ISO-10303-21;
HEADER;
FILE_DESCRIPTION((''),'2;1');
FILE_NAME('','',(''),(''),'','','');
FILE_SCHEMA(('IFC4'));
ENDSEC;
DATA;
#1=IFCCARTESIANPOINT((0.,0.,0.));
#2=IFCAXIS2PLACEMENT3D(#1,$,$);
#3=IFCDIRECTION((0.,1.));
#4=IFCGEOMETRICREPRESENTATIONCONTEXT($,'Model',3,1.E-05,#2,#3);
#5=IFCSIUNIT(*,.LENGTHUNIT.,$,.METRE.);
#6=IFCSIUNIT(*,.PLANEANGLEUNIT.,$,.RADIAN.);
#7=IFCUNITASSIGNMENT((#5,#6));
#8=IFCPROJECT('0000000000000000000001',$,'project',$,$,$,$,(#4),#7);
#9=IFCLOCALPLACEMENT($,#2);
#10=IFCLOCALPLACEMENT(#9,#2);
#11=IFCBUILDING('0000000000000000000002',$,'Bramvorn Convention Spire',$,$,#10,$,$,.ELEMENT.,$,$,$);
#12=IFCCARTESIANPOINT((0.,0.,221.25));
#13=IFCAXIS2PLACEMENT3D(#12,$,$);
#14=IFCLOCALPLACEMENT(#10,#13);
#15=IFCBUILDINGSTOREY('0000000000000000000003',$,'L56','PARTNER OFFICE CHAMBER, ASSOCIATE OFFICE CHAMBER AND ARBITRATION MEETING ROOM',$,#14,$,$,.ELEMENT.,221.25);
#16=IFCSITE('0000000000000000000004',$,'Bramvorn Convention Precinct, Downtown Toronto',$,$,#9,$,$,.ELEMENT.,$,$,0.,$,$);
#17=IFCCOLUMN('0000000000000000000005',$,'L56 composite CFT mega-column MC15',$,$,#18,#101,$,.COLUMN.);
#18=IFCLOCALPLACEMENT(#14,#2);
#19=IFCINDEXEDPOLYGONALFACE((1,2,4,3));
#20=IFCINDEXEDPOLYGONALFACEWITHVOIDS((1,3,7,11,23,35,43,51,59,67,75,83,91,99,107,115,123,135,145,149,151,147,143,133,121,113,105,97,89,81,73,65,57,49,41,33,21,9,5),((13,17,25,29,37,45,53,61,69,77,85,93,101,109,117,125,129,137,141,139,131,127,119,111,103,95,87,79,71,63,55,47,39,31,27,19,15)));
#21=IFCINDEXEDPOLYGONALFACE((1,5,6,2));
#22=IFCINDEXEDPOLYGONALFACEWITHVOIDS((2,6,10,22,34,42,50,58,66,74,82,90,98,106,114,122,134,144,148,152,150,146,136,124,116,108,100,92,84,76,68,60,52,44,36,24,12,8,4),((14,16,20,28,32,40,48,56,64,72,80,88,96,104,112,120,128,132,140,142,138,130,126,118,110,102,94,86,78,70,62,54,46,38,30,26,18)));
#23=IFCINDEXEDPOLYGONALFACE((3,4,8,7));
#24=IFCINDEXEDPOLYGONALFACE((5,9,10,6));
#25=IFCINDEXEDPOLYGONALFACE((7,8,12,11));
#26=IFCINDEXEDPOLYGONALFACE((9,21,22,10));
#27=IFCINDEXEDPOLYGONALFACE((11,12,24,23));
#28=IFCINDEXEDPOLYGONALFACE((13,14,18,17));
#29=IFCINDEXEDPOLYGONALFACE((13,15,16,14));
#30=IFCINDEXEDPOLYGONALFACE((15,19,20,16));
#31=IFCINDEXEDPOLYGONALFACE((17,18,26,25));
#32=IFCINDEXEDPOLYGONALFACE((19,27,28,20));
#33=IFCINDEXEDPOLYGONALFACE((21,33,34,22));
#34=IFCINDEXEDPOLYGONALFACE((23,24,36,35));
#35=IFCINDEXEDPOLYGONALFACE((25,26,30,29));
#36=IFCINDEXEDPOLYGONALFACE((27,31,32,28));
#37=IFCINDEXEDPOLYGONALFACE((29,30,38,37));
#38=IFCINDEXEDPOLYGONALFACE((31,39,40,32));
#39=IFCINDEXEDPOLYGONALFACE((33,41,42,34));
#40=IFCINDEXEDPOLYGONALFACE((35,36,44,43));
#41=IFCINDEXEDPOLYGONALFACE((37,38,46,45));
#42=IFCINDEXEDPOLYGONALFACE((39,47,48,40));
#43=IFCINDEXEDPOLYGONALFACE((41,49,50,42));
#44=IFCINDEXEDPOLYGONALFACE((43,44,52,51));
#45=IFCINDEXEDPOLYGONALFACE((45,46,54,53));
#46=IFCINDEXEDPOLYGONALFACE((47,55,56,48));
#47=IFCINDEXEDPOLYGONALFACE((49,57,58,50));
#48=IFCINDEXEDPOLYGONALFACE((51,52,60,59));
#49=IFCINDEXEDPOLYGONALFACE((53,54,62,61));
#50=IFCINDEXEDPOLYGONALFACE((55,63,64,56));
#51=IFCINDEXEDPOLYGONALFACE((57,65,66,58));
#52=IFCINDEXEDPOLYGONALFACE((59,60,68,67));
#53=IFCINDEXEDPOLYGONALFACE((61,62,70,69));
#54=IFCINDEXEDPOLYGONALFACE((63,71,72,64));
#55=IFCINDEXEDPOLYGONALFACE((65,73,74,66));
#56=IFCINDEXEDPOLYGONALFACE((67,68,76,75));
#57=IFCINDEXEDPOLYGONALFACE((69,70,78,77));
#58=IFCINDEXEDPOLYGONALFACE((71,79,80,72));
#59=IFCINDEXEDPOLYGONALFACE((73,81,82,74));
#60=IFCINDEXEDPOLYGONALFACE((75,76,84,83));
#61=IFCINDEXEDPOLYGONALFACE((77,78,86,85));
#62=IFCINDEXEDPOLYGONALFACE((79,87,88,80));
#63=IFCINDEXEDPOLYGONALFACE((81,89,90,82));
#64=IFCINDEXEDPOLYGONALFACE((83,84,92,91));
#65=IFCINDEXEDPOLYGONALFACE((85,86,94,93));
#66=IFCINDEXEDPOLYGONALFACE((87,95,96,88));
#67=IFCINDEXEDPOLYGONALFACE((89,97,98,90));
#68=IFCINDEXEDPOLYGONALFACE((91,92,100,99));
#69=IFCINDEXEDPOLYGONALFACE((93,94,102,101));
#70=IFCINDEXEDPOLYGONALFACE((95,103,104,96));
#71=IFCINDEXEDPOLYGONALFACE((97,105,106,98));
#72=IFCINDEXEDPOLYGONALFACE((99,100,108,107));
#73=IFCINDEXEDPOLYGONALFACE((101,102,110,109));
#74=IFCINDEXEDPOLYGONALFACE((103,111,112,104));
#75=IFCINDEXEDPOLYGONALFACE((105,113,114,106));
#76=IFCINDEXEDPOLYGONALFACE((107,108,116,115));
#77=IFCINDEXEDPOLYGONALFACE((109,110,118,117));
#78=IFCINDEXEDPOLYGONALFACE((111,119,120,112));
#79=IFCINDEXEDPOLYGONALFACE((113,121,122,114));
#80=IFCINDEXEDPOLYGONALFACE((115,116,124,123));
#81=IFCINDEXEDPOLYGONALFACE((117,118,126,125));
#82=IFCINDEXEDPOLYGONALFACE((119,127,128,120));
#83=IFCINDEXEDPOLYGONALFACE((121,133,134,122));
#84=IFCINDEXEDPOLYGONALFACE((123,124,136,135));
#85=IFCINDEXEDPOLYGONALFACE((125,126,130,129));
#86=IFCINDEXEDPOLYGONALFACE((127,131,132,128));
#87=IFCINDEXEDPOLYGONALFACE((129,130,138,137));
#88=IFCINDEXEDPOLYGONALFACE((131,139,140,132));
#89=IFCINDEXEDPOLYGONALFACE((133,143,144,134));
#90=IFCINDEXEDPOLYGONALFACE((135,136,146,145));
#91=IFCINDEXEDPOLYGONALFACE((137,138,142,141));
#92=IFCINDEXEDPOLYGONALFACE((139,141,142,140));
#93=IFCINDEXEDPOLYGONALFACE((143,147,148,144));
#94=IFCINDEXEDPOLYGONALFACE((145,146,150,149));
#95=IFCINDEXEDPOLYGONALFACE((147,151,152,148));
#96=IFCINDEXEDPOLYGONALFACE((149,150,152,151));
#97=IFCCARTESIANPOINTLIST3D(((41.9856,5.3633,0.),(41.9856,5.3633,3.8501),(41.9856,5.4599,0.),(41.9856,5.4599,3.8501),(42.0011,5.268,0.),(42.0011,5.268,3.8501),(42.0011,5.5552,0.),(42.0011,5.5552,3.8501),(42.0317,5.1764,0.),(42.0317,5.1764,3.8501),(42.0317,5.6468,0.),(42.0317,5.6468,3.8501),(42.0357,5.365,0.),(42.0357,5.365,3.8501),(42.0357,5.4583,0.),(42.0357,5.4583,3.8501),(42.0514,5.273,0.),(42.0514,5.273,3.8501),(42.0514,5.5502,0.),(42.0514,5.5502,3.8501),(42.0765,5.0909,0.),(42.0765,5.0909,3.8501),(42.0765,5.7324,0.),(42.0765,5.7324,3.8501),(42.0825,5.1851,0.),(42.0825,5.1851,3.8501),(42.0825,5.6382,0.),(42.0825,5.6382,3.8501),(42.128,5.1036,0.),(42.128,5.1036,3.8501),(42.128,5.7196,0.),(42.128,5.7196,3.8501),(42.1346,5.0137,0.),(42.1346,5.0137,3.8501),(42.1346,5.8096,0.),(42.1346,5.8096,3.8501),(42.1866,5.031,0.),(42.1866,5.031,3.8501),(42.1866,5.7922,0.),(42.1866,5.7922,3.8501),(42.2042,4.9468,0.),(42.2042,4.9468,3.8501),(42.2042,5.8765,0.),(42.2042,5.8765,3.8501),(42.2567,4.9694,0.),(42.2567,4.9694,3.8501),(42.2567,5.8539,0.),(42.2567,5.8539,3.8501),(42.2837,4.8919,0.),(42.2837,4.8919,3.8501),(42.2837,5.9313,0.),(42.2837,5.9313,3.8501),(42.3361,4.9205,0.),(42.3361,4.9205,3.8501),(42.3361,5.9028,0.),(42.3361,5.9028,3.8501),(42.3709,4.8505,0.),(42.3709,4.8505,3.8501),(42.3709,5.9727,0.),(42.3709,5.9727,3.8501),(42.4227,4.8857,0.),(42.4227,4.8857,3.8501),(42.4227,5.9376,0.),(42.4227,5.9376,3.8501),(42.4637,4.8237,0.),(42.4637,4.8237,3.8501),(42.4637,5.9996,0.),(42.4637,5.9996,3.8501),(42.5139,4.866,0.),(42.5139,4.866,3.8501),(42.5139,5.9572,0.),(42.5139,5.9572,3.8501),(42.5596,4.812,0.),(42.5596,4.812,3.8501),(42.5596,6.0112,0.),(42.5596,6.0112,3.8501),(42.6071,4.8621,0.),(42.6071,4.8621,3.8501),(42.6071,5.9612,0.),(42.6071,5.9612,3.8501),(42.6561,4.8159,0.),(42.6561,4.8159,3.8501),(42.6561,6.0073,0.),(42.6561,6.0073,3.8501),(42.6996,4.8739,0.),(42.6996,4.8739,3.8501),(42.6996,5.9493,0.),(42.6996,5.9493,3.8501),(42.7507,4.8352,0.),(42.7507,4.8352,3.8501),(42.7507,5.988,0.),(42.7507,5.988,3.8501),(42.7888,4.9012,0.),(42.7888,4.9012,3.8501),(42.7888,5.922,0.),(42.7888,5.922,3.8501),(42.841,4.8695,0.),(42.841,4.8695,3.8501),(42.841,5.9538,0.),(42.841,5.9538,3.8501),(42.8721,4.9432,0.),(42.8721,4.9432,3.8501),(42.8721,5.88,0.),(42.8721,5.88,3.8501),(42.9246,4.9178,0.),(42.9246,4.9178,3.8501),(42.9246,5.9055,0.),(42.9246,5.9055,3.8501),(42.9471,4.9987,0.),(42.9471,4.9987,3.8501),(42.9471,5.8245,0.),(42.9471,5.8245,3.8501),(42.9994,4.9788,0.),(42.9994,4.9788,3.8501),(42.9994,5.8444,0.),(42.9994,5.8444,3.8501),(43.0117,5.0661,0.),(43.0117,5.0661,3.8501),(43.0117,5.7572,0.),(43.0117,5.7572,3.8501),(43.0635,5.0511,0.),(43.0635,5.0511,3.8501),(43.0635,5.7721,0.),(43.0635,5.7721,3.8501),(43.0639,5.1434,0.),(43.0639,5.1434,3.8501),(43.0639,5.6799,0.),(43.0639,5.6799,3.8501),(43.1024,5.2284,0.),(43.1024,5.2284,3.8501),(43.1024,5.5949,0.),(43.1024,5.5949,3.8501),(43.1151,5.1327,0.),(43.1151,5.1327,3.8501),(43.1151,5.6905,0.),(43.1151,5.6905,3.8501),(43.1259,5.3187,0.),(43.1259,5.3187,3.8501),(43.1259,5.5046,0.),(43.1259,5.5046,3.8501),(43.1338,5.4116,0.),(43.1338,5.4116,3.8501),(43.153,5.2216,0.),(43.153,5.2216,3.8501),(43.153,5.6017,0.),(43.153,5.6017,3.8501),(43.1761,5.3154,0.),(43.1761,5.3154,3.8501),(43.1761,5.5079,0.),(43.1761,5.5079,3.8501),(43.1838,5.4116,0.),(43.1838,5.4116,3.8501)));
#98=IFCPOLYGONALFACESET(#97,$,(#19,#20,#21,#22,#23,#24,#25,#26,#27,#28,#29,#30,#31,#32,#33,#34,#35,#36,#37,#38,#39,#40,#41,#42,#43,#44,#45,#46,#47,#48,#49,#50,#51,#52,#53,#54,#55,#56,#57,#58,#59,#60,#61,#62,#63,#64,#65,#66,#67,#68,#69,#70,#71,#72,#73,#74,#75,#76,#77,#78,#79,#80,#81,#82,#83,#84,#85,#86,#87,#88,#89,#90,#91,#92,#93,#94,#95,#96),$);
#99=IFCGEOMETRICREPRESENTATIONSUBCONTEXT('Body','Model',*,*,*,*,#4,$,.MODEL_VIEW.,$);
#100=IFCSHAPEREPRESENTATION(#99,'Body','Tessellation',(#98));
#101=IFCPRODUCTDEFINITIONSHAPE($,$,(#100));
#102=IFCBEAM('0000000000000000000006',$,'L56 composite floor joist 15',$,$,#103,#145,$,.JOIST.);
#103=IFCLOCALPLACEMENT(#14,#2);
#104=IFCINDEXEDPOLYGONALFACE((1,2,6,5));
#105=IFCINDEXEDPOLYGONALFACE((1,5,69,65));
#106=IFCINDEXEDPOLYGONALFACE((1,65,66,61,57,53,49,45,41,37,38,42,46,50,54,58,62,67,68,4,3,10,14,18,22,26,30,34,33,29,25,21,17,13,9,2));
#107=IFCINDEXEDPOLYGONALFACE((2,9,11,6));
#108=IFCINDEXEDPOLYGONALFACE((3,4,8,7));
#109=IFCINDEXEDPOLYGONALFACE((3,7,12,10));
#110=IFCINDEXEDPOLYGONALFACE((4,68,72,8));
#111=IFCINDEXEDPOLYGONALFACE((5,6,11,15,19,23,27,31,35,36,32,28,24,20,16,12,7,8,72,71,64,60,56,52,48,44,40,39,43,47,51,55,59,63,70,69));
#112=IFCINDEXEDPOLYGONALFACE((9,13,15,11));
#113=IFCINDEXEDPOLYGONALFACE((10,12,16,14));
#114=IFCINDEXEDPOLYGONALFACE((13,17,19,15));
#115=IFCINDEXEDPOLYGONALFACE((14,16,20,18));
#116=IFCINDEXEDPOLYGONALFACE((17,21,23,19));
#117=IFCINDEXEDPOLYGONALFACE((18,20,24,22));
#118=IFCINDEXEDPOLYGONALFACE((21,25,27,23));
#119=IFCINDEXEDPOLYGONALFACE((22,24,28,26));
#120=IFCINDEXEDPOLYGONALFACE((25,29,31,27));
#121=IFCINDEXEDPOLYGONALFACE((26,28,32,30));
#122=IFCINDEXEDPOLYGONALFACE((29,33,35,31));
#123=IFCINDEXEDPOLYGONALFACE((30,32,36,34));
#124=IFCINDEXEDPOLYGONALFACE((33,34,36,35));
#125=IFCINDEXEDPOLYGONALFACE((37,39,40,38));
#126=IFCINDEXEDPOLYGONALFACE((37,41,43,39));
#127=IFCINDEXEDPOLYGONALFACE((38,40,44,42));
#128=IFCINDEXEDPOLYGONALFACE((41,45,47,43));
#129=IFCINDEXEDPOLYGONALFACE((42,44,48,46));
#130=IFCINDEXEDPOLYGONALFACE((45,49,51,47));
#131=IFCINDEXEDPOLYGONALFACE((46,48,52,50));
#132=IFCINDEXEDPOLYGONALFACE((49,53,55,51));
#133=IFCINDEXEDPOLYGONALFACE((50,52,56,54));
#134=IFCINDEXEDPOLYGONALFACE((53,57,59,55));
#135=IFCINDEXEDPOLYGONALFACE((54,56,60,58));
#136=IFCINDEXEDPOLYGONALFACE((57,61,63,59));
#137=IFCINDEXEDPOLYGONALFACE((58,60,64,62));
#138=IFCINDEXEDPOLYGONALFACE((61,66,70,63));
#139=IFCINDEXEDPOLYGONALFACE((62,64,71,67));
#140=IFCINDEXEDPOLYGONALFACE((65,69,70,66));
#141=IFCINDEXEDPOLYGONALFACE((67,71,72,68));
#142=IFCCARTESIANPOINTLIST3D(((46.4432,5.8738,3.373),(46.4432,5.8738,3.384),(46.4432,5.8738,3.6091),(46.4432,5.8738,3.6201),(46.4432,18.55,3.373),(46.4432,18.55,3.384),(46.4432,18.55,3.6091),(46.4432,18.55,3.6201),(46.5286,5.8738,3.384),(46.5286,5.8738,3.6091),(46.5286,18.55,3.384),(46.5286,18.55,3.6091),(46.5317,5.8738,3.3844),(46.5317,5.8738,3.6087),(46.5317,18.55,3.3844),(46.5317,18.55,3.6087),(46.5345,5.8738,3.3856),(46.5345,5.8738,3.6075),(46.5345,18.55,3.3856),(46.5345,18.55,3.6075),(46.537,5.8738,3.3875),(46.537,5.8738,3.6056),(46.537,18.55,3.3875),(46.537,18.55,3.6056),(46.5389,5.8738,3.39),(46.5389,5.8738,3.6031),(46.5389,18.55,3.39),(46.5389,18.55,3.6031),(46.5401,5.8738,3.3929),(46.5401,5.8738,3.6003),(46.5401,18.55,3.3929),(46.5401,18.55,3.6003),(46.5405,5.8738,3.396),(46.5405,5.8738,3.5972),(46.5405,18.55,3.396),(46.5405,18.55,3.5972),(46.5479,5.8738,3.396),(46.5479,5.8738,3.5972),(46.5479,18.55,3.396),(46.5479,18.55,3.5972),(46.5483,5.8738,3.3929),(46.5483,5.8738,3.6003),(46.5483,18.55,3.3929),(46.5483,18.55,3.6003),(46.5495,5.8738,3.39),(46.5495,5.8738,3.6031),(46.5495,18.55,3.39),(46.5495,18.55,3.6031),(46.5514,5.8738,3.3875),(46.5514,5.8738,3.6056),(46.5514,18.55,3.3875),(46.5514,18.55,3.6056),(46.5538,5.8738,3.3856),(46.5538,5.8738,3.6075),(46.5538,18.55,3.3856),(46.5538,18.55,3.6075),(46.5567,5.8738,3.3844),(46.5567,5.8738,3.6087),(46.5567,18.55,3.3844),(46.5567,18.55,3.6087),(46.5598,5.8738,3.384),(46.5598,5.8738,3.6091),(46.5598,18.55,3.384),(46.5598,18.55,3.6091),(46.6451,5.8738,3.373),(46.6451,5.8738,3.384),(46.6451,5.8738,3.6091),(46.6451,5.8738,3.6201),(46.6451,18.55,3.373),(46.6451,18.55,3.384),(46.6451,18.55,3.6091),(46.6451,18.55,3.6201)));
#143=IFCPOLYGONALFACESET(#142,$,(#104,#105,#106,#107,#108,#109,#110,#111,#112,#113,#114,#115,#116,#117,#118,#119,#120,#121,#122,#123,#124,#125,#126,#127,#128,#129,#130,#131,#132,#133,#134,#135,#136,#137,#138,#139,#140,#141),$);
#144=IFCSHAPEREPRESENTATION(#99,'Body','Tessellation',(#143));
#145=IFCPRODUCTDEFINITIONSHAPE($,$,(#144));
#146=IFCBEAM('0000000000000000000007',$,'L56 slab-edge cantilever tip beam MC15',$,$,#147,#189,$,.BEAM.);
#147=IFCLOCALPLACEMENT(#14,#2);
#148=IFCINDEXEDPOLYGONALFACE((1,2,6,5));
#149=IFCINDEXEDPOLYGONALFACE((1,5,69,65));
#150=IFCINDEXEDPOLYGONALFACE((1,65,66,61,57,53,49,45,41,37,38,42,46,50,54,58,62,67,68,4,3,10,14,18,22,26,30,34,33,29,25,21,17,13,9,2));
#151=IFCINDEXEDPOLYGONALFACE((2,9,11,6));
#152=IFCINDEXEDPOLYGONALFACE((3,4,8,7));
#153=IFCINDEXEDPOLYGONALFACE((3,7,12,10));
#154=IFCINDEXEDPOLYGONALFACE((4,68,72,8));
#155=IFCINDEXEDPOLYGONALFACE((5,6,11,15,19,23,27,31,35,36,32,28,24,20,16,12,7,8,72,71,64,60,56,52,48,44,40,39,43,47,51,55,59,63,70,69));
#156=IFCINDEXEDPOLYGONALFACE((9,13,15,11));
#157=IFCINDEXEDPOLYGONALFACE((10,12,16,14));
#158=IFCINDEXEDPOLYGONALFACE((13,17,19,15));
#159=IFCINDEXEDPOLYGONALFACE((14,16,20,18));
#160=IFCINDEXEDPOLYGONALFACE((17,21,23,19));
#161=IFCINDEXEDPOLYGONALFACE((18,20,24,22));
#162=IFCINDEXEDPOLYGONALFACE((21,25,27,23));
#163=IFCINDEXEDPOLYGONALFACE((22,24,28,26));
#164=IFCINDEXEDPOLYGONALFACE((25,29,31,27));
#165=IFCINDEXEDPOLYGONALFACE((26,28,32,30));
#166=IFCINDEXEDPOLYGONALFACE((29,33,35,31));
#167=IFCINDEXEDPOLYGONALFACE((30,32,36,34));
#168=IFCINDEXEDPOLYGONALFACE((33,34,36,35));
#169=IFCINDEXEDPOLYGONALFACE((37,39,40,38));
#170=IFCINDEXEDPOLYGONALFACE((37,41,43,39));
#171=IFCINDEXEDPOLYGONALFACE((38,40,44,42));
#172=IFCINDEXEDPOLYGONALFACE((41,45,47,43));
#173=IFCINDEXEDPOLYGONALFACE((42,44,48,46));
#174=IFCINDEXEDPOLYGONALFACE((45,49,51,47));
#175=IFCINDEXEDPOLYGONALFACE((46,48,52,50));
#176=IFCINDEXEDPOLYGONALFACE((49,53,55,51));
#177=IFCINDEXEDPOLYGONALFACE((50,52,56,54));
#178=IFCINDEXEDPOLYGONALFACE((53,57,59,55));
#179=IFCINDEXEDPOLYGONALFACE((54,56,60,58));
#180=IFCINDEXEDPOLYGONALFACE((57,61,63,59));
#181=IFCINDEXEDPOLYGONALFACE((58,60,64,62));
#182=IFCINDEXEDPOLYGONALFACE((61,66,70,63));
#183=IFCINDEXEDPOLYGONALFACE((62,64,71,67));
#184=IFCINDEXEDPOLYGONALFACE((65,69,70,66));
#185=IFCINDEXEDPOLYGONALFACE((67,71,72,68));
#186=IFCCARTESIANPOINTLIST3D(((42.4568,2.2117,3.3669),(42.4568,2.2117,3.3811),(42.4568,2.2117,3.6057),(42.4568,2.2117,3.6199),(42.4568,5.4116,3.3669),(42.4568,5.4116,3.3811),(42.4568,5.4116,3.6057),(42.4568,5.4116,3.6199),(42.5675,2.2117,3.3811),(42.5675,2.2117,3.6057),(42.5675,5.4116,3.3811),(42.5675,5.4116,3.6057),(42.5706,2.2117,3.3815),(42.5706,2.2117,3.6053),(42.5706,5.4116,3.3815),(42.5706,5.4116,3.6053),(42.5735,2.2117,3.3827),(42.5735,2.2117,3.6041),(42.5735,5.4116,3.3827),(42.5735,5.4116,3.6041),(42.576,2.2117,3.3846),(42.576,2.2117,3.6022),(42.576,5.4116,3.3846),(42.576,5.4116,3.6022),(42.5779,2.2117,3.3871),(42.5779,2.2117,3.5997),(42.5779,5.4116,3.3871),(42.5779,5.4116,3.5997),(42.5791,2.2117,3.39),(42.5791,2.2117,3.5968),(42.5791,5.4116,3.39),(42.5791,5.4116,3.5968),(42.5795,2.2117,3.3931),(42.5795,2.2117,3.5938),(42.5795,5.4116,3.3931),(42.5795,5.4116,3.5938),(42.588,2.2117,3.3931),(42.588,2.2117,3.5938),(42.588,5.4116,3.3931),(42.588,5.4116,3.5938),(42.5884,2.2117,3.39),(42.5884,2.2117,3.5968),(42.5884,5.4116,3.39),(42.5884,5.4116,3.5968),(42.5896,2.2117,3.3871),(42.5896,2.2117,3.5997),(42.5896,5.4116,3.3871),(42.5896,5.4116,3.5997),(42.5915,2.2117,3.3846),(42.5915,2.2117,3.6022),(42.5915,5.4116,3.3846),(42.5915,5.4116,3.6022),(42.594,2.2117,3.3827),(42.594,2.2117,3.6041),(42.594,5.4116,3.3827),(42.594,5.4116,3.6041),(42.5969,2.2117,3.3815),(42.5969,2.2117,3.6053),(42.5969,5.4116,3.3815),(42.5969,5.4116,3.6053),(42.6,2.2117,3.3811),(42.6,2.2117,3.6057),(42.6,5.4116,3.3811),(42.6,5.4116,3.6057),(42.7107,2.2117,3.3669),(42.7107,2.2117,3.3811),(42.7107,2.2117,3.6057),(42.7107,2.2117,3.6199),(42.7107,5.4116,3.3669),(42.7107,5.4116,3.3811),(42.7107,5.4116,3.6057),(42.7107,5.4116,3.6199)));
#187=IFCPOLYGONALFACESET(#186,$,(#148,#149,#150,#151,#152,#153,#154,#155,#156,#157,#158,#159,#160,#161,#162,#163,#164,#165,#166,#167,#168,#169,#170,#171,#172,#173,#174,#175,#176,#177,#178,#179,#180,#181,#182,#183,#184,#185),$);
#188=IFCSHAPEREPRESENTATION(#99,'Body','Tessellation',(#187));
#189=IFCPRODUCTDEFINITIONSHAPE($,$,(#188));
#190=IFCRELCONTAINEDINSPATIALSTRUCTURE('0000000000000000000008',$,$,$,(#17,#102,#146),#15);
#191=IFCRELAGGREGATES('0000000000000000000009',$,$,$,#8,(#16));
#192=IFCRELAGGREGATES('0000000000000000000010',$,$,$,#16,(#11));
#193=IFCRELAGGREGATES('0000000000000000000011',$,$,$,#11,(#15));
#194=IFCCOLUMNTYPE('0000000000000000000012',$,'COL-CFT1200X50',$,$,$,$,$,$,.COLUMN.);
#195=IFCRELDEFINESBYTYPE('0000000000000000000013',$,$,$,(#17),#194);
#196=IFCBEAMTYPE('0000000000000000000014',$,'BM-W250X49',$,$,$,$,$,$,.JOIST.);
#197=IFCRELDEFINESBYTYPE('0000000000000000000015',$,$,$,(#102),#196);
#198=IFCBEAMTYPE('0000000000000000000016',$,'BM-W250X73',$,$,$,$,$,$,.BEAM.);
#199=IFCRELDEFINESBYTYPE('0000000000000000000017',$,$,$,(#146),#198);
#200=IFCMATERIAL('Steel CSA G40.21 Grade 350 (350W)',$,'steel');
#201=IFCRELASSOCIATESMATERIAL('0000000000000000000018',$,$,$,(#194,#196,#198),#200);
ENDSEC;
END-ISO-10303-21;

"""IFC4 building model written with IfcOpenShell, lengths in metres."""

from ifc_helpers import new_model, si_unit, direction, frame, origin, origin_2d, place, context, subcontext, project, spatial, hollow_circle, i_section, extrude, material, material_profile, profile_set, type_object, element, save


model = new_model("IFC4")

# Units and contexts
model_context = context("Model", 3, precision=1e-05, world=origin(), true_north=direction((0.0, 1.0)))
body_context = subcontext(model_context, "Body", "Model", "MODEL_VIEW")
ifc_project = project(units=[si_unit("LENGTHUNIT", "METRE"), si_unit("PLANEANGLEUNIT", "RADIAN")], contexts=[model_context])

# Site, building, storey
site_placement = place(None, origin())
site = spatial("IfcSite", under=ifc_project, at=site_placement, Name="Bramvorn Convention Precinct, Downtown Toronto", CompositionType="ELEMENT", RefElevation=0.0)
building_placement = place(site_placement, origin())
building = spatial("IfcBuilding", under=site, at=building_placement, Name="Bramvorn Convention Spire", CompositionType="ELEMENT")
storey_placement = place(building_placement, frame((0.0, 0.0, 221.25)))
storey = spatial("IfcBuildingStorey", under=building, at=storey_placement, Name="L56", Description="PARTNER OFFICE CHAMBER, ASSOCIATE OFFICE CHAMBER AND ARBITRATION MEETING ROOM", CompositionType="ELEMENT", Elevation=221.25)

# Column
ifc_material_1 = material(Name="Steel CSA G40.21 Grade 350 (350W)", Category="steel")
ifc_material_profile_1 = material_profile(ifc_material_1, hollow_circle(Radius=0.6001, WallThickness=0.05, at=origin_2d()))
ifc_profile_set_1 = profile_set([ifc_material_profile_1], Name="Steel CSA G40.21 Grade 350 (350W) - CFT1200X50")
column_type = type_object("IfcColumnType", Name="COL-CFT1200X50", PredefinedType="COLUMN", material=ifc_profile_set_1)
column_placement = place(storey_placement, frame((42.5837, 5.4116, 0.0), z_axis=(0.0, 0.0, 1.0), x_axis=(1.0, 0.0, 0.0)))
element("IfcColumn", 1, at=column_placement, inside=storey, type_object=column_type, Name="L56 composite CFT mega-column MC15", PredefinedType="COLUMN", context=body_context, shape_type="SweptSolid", body=[
    extrude(hollow_circle(Radius=0.6001, WallThickness=0.05, at=origin_2d()), origin(), (0.0, 0.0, 1.0), 3.8501),
])

# Beams
ifc_material_profile_2 = material_profile(ifc_material_1, i_section(OverallWidth=0.2019, OverallDepth=0.2471, WebThickness=0.0073, FlangeThickness=0.011, FilletRadius=0.012, at=origin_2d()))
ifc_profile_set_2 = profile_set([ifc_material_profile_2], Name="Steel CSA G40.21 Grade 350 (350W) - W250X49")
beam_type_1 = type_object("IfcBeamType", Name="BM-W250X49", PredefinedType="JOIST", material=ifc_profile_set_2)
beam_1_placement = place(storey_placement, frame((46.5442, 18.55, 3.4966), z_axis=(0.0, -1.0, 0.0), x_axis=(1.0, 0.0, 0.0)))
element("IfcBeam", 2, at=beam_1_placement, inside=storey, type_object=beam_type_1, Name="L56 composite floor joist 15", PredefinedType="JOIST", context=body_context, shape_type="SweptSolid", body=[
    extrude(i_section(OverallWidth=0.2019, OverallDepth=0.2471, WebThickness=0.0073, FlangeThickness=0.011, FilletRadius=0.012, at=origin_2d()), origin(), (0.0, 0.0, 1.0), 12.6763),
])
ifc_material_profile_3 = material_profile(ifc_material_1, i_section(OverallWidth=0.2539, OverallDepth=0.2529, WebThickness=0.0085, FlangeThickness=0.0142, FilletRadius=0.012, at=origin_2d()))
ifc_profile_set_3 = profile_set([ifc_material_profile_3], Name="Steel CSA G40.21 Grade 350 (350W) - W250X73")
beam_type_2 = type_object("IfcBeamType", Name="BM-W250X73", PredefinedType="BEAM", material=ifc_profile_set_3)
beam_2_placement = place(storey_placement, frame((42.5837, 5.4116, 3.4934), z_axis=(0.0, -1.0, 0.0), x_axis=(1.0, 0.0, 0.0)))
element("IfcBeam", 3, at=beam_2_placement, inside=storey, type_object=beam_type_2, Name="L56 slab-edge cantilever tip beam MC15", PredefinedType="BEAM", context=body_context, shape_type="SweptSolid", body=[
    extrude(i_section(OverallWidth=0.2539, OverallDepth=0.2529, WebThickness=0.0085, FlangeThickness=0.0142, FilletRadius=0.012, at=origin_2d()), origin(), (0.0, 0.0, 1.0), 3.2),
])

save(model, "model.ifc")
